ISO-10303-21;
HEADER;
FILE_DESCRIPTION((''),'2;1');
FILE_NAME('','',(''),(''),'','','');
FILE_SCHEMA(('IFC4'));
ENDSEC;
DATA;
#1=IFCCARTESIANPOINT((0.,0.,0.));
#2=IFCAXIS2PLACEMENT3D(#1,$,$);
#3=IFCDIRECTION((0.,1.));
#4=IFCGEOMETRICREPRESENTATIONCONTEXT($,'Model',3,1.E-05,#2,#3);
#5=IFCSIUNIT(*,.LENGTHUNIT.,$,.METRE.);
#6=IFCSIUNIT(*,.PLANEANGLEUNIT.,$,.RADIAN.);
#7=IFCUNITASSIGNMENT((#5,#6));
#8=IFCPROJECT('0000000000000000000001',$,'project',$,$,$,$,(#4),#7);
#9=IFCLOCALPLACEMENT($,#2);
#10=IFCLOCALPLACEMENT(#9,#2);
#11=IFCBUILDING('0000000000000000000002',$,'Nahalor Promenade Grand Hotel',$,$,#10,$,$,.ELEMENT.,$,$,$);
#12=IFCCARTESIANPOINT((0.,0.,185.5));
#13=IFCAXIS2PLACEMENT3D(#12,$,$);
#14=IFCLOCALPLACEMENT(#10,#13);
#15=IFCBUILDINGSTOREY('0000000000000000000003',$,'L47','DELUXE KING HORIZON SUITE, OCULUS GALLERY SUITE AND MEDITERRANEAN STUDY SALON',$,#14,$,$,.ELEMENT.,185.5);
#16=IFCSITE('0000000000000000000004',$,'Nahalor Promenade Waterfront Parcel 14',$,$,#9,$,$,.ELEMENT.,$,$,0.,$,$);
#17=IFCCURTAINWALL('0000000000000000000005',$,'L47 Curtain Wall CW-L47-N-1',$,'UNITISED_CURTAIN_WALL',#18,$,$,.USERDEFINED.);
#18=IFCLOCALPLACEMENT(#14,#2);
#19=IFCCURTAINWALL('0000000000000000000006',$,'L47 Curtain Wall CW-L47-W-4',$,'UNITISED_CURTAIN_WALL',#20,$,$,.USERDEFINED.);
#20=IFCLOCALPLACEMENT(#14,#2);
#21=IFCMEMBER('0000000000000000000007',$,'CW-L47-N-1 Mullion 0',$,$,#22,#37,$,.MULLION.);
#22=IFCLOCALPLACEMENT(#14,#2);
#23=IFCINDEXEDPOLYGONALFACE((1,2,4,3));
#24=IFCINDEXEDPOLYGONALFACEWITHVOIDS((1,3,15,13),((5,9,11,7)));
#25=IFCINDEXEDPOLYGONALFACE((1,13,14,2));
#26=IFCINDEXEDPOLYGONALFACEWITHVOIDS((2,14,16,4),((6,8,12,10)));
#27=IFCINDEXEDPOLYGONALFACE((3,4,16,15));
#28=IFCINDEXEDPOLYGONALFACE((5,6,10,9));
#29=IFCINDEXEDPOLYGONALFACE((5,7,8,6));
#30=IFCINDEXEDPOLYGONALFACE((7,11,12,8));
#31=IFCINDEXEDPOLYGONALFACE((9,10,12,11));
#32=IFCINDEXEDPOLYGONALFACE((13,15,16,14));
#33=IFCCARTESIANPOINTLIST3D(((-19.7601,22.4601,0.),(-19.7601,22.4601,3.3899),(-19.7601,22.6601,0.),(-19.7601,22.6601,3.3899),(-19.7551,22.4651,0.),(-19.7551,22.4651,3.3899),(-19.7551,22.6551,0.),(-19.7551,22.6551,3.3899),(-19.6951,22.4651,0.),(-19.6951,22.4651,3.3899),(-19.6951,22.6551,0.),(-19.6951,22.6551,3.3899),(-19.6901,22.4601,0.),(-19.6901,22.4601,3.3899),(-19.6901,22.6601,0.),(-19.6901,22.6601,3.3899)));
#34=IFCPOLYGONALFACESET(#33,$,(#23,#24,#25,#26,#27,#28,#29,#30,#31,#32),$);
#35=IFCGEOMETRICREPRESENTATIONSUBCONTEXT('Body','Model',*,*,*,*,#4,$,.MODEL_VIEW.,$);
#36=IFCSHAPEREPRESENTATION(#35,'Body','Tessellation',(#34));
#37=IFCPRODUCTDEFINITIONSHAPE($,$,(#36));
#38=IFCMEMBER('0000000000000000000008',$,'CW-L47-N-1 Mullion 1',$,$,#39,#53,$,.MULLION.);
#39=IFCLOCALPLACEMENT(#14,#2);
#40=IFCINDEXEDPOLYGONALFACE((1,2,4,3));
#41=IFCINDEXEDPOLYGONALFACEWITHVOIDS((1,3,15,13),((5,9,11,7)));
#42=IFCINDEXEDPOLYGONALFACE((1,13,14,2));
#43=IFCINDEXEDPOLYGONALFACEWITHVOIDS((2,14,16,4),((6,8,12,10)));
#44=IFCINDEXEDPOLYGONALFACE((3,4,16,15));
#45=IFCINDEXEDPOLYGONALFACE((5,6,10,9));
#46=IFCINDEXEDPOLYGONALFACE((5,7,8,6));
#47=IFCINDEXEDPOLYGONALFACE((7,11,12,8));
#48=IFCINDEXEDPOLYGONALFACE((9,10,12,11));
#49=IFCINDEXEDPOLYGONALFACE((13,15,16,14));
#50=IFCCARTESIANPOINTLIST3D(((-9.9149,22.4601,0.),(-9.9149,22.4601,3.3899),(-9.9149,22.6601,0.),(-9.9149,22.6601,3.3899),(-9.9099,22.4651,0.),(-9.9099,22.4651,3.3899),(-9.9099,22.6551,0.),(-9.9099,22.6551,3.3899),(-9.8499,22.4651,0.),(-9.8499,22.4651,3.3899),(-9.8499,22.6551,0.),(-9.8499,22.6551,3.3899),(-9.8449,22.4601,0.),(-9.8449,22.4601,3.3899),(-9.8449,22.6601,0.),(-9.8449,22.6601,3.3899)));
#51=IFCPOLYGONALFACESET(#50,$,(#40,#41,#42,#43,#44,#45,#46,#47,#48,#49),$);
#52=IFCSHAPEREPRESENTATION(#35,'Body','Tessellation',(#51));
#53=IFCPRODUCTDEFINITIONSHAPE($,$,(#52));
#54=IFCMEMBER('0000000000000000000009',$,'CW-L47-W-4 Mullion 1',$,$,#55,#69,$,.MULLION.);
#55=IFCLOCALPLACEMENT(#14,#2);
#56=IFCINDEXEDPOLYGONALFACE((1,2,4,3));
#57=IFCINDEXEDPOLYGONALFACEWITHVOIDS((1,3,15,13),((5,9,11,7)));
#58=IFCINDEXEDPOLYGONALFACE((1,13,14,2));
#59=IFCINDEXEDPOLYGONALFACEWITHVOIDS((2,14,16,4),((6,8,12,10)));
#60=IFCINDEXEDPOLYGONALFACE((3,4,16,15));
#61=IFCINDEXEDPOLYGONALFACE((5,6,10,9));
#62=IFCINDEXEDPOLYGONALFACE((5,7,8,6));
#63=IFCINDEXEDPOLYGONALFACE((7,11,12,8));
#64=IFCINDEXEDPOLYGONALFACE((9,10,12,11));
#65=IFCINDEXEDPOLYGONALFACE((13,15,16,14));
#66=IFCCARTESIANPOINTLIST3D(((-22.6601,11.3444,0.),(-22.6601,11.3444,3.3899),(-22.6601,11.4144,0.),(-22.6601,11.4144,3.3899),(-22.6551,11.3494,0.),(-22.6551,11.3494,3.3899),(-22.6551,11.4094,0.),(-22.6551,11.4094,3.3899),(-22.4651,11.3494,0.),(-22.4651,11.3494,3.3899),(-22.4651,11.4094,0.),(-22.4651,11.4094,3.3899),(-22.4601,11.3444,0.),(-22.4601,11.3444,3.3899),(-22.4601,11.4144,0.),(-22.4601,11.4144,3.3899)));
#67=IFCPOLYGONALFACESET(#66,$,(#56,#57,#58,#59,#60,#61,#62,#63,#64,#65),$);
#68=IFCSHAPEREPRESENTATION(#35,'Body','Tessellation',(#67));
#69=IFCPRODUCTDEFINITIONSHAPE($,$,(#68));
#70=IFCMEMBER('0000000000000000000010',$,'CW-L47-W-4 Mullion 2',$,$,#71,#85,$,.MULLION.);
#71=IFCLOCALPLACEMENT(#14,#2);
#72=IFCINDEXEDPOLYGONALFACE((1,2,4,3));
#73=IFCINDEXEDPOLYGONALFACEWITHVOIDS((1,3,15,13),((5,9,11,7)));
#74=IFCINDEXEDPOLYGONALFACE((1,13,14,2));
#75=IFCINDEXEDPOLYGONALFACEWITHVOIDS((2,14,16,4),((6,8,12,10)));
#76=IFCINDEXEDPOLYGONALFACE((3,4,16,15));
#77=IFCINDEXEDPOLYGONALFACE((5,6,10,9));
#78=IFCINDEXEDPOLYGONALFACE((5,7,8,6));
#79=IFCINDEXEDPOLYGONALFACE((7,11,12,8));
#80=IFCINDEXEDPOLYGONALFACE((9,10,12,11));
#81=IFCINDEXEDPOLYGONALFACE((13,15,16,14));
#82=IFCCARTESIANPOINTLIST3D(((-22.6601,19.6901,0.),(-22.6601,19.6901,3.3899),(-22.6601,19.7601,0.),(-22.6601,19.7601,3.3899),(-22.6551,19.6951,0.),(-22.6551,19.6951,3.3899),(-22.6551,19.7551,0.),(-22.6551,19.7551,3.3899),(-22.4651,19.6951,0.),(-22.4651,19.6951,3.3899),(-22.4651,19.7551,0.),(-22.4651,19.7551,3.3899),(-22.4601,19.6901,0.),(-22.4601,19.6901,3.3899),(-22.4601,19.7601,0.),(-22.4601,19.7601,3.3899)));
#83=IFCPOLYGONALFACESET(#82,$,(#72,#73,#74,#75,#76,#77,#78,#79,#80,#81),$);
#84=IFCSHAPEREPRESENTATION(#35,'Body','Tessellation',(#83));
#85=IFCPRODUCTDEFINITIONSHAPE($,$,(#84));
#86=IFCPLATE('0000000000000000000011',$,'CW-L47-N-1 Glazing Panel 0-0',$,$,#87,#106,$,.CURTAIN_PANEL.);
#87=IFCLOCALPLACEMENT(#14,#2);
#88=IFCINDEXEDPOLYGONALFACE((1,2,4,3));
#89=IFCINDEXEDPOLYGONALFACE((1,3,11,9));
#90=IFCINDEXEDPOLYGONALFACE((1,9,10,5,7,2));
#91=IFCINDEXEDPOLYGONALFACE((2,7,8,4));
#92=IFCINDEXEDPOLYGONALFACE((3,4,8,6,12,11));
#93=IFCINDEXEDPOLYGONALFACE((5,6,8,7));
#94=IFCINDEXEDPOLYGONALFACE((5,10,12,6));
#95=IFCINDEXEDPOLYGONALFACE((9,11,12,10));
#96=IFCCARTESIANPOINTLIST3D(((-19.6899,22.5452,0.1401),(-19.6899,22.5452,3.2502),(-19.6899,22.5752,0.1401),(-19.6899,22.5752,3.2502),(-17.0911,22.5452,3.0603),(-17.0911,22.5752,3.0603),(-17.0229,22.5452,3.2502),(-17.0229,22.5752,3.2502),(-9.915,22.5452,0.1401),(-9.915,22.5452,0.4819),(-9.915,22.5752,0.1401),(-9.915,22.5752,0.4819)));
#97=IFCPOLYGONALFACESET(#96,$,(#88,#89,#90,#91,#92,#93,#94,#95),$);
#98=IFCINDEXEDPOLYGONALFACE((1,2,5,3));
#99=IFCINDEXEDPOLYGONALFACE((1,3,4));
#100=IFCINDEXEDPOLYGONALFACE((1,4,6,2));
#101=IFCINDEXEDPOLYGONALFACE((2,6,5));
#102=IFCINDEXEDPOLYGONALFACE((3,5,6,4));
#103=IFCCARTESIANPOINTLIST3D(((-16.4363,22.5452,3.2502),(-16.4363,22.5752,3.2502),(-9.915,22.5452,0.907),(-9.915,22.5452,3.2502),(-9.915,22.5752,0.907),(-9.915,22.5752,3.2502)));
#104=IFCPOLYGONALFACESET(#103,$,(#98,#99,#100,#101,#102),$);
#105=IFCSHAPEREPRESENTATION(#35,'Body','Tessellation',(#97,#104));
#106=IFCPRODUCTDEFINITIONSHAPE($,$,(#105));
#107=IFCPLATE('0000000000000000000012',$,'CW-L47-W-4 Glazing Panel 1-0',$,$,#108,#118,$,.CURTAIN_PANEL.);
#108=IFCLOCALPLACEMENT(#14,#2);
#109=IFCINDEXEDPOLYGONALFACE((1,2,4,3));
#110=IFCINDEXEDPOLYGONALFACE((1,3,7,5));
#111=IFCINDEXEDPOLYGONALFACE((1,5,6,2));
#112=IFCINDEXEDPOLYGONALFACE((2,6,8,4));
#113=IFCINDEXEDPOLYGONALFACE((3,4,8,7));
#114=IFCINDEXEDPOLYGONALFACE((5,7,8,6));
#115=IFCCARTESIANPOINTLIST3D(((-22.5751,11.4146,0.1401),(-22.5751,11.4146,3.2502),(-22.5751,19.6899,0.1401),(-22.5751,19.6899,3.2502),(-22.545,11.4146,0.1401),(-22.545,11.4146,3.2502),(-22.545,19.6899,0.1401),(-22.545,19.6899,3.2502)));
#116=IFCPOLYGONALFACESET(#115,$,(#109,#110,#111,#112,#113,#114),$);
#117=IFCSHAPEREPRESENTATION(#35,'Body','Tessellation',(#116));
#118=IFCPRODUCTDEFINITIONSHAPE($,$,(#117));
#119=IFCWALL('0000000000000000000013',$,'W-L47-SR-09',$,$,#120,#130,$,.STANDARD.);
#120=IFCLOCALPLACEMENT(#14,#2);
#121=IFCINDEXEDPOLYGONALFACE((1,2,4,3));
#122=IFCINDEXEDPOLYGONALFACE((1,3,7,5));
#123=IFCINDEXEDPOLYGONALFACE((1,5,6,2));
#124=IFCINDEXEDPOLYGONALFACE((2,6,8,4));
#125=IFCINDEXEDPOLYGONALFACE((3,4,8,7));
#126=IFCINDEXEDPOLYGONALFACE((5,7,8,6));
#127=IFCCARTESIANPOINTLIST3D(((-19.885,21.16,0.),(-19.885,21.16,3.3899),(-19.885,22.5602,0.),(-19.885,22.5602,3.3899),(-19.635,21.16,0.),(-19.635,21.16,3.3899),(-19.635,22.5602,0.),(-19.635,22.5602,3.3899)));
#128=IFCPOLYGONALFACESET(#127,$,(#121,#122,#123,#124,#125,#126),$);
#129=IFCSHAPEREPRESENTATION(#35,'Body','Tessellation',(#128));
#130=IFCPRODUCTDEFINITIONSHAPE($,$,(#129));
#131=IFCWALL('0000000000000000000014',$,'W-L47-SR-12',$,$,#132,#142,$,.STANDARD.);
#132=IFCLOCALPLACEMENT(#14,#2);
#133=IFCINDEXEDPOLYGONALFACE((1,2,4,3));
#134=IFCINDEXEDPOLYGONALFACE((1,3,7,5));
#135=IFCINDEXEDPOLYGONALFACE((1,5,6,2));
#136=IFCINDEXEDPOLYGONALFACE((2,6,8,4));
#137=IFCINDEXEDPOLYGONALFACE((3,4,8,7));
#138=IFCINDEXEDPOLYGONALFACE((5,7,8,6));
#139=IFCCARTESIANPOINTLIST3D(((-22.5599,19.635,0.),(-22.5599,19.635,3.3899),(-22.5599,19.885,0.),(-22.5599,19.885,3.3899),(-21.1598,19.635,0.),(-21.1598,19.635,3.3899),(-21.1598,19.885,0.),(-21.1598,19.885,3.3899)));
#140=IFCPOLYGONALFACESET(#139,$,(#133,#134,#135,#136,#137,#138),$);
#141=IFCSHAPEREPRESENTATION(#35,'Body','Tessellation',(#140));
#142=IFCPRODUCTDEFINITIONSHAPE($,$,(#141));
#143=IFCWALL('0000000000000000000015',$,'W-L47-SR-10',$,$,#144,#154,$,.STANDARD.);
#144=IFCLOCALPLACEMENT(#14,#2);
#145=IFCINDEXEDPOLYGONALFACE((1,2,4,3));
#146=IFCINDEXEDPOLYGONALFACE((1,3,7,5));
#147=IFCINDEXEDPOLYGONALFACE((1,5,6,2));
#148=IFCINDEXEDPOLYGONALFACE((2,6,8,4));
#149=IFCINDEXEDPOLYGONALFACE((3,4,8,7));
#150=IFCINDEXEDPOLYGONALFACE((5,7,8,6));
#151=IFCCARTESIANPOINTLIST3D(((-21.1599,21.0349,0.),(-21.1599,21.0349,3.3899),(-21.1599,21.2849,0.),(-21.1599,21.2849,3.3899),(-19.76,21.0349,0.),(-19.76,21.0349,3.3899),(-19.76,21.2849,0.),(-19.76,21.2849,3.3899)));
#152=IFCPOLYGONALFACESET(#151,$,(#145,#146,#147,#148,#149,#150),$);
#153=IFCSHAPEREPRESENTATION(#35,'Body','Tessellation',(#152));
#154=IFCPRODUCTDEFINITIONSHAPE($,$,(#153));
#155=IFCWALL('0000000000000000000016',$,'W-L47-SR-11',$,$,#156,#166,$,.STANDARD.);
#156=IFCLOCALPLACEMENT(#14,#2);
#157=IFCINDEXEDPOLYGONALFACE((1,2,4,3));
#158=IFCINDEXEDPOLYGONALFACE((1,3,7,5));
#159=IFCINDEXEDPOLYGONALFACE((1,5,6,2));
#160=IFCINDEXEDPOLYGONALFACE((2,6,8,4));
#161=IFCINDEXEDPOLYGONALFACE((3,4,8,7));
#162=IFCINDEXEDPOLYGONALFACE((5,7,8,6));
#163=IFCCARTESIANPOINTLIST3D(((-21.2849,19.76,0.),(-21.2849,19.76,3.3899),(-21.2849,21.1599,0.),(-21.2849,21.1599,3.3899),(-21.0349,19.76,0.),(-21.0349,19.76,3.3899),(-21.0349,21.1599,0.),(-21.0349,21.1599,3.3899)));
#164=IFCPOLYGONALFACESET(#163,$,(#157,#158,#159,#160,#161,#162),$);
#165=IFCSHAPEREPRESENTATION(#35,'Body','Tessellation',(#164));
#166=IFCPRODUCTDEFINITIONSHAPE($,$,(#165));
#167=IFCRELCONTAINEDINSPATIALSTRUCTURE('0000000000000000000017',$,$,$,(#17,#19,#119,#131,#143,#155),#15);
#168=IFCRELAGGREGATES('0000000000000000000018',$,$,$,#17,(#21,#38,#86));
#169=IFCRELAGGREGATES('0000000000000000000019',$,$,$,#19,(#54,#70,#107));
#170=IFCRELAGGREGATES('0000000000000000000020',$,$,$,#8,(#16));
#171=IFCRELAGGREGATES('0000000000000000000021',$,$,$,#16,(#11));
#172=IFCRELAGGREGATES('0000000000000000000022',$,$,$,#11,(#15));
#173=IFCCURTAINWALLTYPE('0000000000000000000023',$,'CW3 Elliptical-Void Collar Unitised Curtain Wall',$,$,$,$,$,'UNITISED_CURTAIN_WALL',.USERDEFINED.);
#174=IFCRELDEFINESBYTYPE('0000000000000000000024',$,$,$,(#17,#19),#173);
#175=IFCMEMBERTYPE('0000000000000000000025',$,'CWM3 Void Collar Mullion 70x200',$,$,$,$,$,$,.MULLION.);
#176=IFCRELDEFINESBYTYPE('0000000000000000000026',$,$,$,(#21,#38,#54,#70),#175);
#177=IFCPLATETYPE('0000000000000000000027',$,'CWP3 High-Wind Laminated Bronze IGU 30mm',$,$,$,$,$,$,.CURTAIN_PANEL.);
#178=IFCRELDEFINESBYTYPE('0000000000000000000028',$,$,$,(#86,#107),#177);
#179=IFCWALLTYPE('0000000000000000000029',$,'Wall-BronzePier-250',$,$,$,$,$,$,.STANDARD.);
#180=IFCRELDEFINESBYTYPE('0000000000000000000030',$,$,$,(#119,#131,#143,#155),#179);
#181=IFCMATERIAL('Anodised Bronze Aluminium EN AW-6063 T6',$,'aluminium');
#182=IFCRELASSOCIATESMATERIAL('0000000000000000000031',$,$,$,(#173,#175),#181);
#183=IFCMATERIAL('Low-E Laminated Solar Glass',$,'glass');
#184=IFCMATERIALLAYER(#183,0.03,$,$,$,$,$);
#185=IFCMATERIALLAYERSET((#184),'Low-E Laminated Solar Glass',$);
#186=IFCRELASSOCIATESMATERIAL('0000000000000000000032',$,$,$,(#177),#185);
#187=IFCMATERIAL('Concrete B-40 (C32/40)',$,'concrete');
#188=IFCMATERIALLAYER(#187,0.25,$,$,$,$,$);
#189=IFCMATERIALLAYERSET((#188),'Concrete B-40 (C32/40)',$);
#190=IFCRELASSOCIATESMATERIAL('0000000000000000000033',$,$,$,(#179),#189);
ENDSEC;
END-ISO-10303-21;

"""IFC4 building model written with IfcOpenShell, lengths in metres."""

from ifc_helpers import new_model, si_unit, direction, frame, frame_2d, origin, origin_2d, place, context, subcontext, project, spatial, polyline, rectangle, hollow_rectangle, outline, extrude, source, transform, mapped, material, layer, layer_set, material_profile, profile_set, type_object, element, aggregate, save


model = new_model("IFC4")

# Units and contexts
model_context = context("Model", 3, precision=1e-05, world=origin(), true_north=direction((0.0, 1.0)))
body_context = subcontext(model_context, "Body", "Model", "MODEL_VIEW")
ifc_project = project(units=[si_unit("LENGTHUNIT", "METRE"), si_unit("PLANEANGLEUNIT", "RADIAN")], contexts=[model_context])

# Site, building, storey
site_placement = place(None, origin())
site = spatial("IfcSite", under=ifc_project, at=site_placement, Name="Nahalor Promenade Waterfront Parcel 14", CompositionType="ELEMENT", RefElevation=0.0)
building_placement = place(site_placement, origin())
building = spatial("IfcBuilding", under=site, at=building_placement, Name="Nahalor Promenade Grand Hotel", CompositionType="ELEMENT")
storey_placement = place(building_placement, frame((0.0, 0.0, 185.5)))
storey = spatial("IfcBuildingStorey", under=building, at=storey_placement, Name="L47", Description="DELUXE KING HORIZON SUITE, OCULUS GALLERY SUITE AND MEDITERRANEAN STUDY SALON", CompositionType="ELEMENT", Elevation=185.5)

# Curtain walls
ifc_material_1 = material(Name="Anodised Bronze Aluminium EN AW-6063 T6", Category="aluminium")
curtain_wall_type = type_object("IfcCurtainWallType", Name="CW3 Elliptical-Void Collar Unitised Curtain Wall", ElementType="UNITISED_CURTAIN_WALL", PredefinedType="USERDEFINED", material=ifc_material_1)
curtain_wall_1_placement = place(storey_placement, origin())
curtain_wall_1 = element("IfcCurtainWall", 1, at=curtain_wall_1_placement, inside=storey, type_object=curtain_wall_type, Name="L47 Curtain Wall CW-L47-N-1", ObjectType="UNITISED_CURTAIN_WALL", PredefinedType="USERDEFINED")
curtain_wall_2_placement = place(storey_placement, origin())
curtain_wall_2 = element("IfcCurtainWall", 2, at=curtain_wall_2_placement, inside=storey, type_object=curtain_wall_type, Name="L47 Curtain Wall CW-L47-W-4", ObjectType="UNITISED_CURTAIN_WALL", PredefinedType="USERDEFINED")

# Members
ifc_material_profile_1 = material_profile(ifc_material_1, hollow_rectangle(XDim=0.07, YDim=0.2, WallThickness=0.005, at=origin_2d()), Name="CWM 70x200x5")
ifc_profile_set_1 = profile_set([ifc_material_profile_1], Name="Anodised Bronze Aluminium EN AW-6063 T6")
member_type_1 = type_object("IfcMemberType", Name="CWM3 Void Collar Mullion 70x200", PredefinedType="MULLION", material=ifc_profile_set_1)
shared_shape_1 = source(origin(), body_context, "Body", "SweptSolid", [
    extrude(hollow_rectangle(XDim=0.07, YDim=0.2, WallThickness=0.005, at=origin_2d()), origin(), (0.0, 0.0, 1.0), 3.3899),
])
member_1_placement = place(storey_placement, frame((-19.7251, 22.5601, 0.0), z_axis=(0.0, 0.0, 1.0), x_axis=(1.0, 0.0, 0.0)))
member_1 = element("IfcMember", 3, at=member_1_placement, type_object=member_type_1, Name="CW-L47-N-1 Mullion 0", PredefinedType="MULLION", context=body_context, shape_type="MappedRepresentation", body=[
    mapped(shared_shape_1, transform((0.0, 0.0, 0.0), scale=1.0)),
])
member_2_placement = place(storey_placement, frame((-9.8799, 22.5601, 0.0), z_axis=(0.0, 0.0, 1.0), x_axis=(1.0, 0.0, 0.0)))
member_2 = element("IfcMember", 4, at=member_2_placement, type_object=member_type_1, Name="CW-L47-N-1 Mullion 1", PredefinedType="MULLION", context=body_context, shape_type="MappedRepresentation", body=[
    mapped(shared_shape_1, transform((0.0, 0.0, 0.0), scale=1.0)),
])
member_3_placement = place(storey_placement, frame((-22.5601, 11.3794, 0.0), z_axis=(0.0, 0.0, 1.0), x_axis=(0.0, 1.0, 0.0)))
member_3 = element("IfcMember", 5, at=member_3_placement, type_object=member_type_1, Name="CW-L47-W-4 Mullion 1", PredefinedType="MULLION", context=body_context, shape_type="MappedRepresentation", body=[
    mapped(shared_shape_1, transform((0.0, 0.0, 0.0), scale=1.0)),
])
member_4_placement = place(storey_placement, frame((-22.5601, 19.7251, 0.0), z_axis=(0.0, 0.0, 1.0), x_axis=(0.0, 1.0, 0.0)))
member_4 = element("IfcMember", 6, at=member_4_placement, type_object=member_type_1, Name="CW-L47-W-4 Mullion 2", PredefinedType="MULLION", context=body_context, shape_type="MappedRepresentation", body=[
    mapped(shared_shape_1, transform((0.0, 0.0, 0.0), scale=1.0)),
])

# Plates
ifc_material_2 = material(Name="Low-E Laminated Solar Glass", Category="glass")
ifc_layer_1 = layer(ifc_material_2, 0.03)
ifc_layer_set_1 = layer_set([ifc_layer_1], Name="Low-E Laminated Solar Glass")
plate_type = type_object("IfcPlateType", Name="CWP3 High-Wind Laminated Bronze IGU 30mm", PredefinedType="CURTAIN_PANEL", material=ifc_layer_set_1)
plate_1_placement = place(storey_placement, frame((-14.8025, 22.5601, 0.1401), z_axis=(0.0, 0.0, 1.0), x_axis=(1.0, 0.0, 0.0)))
plate_1 = element("IfcPlate", 7, at=plate_1_placement, type_object=plate_type, Name="CW-L47-N-1 Glazing Panel 0-0", PredefinedType="CURTAIN_PANEL", context=body_context, shape_type="SweptSolid", body=[
    extrude(outline(polyline([(-4.8875, 0.0), (4.8875, 0.0), (4.8875, 0.3418), (-2.2886, 2.9202), (-2.2205, 3.1101), (-4.8875, 3.1101), (-4.8875, 0.0)])), frame((0.0, 0.0151, 0.0), z_axis=(0.0, -1.0, 0.0), x_axis=(1.0, 0.0, 0.0)), (0.0, 0.0, 1.0), 0.03),
    extrude(outline(polyline([(4.8875, 0.7668), (4.8875, 3.1101), (-1.6338, 3.1101), (4.8875, 0.7668)])), frame((0.0, 0.0151, 0.0), z_axis=(0.0, -1.0, 0.0), x_axis=(1.0, 0.0, 0.0)), (0.0, 0.0, 1.0), 0.03),
])
aggregate(curtain_wall_1, [member_1, member_2, plate_1])
shared_shape_2 = source(origin(), body_context, "Body", "SweptSolid", [
    extrude(rectangle(XDim=8.2754, YDim=0.03, at=origin_2d()), origin(), (0.0, 0.0, 1.0), 3.1101),
])
plate_2_placement = place(storey_placement, frame((-22.5601, 15.5522, 0.1401), z_axis=(0.0, 0.0, 1.0), x_axis=(0.0, 1.0, 0.0)))
plate_2 = element("IfcPlate", 8, at=plate_2_placement, type_object=plate_type, Name="CW-L47-W-4 Glazing Panel 1-0", PredefinedType="CURTAIN_PANEL", context=body_context, shape_type="MappedRepresentation", body=[
    mapped(shared_shape_2, transform((0.0, 0.0, 0.0), scale=1.0)),
])
aggregate(curtain_wall_2, [member_3, member_4, plate_2])

# Walls
ifc_material_3 = material(Name="Concrete B-40 (C32/40)", Category="concrete")
ifc_layer_2 = layer(ifc_material_3, 0.25)
ifc_layer_set_2 = layer_set([ifc_layer_2], Name="Concrete B-40 (C32/40)")
wall_type = type_object("IfcWallType", Name="Wall-BronzePier-250", PredefinedType="STANDARD", material=ifc_layer_set_2)
shared_shape_3 = source(origin(), body_context, "Body", "SweptSolid", [
    extrude(rectangle(XDim=1.4001, YDim=0.25, at=frame_2d((0.7002, 0.0))), origin(), (0.0, 0.0, 1.0), 3.3899),
])
for number, where, z_axis, x_axis, name in (
    (9, (-19.76, 21.1599, 0.0), (0.0, 0.0, 1.0), (0.0, 1.0, 0.0), "W-L47-SR-09"),
    (10, (-22.5601, 19.76, 0.0), (0.0, 0.0, 1.0), (1.0, 0.0, 0.0), "W-L47-SR-12"),
):
    element("IfcWall", number, at=place(storey_placement, frame(where, z_axis=z_axis, x_axis=x_axis)), inside=storey, type_object=wall_type, Name=name, PredefinedType="STANDARD", context=body_context, shape_type="MappedRepresentation", body=[
        mapped(shared_shape_3, transform((0.0, 0.0, 0.0), scale=1.0)),
    ])
shared_shape_4 = source(origin(), body_context, "Body", "SweptSolid", [
    extrude(rectangle(XDim=1.3999, YDim=0.25, at=frame_2d((0.7, 0.0))), origin(), (0.0, 0.0, 1.0), 3.3899),
])
for number, where, z_axis, x_axis, name in (
    (11, (-21.1599, 21.1599, 0.0), (0.0, 0.0, 1.0), (1.0, 0.0, 0.0), "W-L47-SR-10"),
    (12, (-21.1599, 19.76, 0.0), (0.0, 0.0, 1.0), (0.0, 1.0, 0.0), "W-L47-SR-11"),
):
    element("IfcWall", number, at=place(storey_placement, frame(where, z_axis=z_axis, x_axis=x_axis)), inside=storey, type_object=wall_type, Name=name, PredefinedType="STANDARD", context=body_context, shape_type="MappedRepresentation", body=[
        mapped(shared_shape_4, transform((0.0, 0.0, 0.0), scale=1.0)),
    ])

save(model, "model.ifc")
